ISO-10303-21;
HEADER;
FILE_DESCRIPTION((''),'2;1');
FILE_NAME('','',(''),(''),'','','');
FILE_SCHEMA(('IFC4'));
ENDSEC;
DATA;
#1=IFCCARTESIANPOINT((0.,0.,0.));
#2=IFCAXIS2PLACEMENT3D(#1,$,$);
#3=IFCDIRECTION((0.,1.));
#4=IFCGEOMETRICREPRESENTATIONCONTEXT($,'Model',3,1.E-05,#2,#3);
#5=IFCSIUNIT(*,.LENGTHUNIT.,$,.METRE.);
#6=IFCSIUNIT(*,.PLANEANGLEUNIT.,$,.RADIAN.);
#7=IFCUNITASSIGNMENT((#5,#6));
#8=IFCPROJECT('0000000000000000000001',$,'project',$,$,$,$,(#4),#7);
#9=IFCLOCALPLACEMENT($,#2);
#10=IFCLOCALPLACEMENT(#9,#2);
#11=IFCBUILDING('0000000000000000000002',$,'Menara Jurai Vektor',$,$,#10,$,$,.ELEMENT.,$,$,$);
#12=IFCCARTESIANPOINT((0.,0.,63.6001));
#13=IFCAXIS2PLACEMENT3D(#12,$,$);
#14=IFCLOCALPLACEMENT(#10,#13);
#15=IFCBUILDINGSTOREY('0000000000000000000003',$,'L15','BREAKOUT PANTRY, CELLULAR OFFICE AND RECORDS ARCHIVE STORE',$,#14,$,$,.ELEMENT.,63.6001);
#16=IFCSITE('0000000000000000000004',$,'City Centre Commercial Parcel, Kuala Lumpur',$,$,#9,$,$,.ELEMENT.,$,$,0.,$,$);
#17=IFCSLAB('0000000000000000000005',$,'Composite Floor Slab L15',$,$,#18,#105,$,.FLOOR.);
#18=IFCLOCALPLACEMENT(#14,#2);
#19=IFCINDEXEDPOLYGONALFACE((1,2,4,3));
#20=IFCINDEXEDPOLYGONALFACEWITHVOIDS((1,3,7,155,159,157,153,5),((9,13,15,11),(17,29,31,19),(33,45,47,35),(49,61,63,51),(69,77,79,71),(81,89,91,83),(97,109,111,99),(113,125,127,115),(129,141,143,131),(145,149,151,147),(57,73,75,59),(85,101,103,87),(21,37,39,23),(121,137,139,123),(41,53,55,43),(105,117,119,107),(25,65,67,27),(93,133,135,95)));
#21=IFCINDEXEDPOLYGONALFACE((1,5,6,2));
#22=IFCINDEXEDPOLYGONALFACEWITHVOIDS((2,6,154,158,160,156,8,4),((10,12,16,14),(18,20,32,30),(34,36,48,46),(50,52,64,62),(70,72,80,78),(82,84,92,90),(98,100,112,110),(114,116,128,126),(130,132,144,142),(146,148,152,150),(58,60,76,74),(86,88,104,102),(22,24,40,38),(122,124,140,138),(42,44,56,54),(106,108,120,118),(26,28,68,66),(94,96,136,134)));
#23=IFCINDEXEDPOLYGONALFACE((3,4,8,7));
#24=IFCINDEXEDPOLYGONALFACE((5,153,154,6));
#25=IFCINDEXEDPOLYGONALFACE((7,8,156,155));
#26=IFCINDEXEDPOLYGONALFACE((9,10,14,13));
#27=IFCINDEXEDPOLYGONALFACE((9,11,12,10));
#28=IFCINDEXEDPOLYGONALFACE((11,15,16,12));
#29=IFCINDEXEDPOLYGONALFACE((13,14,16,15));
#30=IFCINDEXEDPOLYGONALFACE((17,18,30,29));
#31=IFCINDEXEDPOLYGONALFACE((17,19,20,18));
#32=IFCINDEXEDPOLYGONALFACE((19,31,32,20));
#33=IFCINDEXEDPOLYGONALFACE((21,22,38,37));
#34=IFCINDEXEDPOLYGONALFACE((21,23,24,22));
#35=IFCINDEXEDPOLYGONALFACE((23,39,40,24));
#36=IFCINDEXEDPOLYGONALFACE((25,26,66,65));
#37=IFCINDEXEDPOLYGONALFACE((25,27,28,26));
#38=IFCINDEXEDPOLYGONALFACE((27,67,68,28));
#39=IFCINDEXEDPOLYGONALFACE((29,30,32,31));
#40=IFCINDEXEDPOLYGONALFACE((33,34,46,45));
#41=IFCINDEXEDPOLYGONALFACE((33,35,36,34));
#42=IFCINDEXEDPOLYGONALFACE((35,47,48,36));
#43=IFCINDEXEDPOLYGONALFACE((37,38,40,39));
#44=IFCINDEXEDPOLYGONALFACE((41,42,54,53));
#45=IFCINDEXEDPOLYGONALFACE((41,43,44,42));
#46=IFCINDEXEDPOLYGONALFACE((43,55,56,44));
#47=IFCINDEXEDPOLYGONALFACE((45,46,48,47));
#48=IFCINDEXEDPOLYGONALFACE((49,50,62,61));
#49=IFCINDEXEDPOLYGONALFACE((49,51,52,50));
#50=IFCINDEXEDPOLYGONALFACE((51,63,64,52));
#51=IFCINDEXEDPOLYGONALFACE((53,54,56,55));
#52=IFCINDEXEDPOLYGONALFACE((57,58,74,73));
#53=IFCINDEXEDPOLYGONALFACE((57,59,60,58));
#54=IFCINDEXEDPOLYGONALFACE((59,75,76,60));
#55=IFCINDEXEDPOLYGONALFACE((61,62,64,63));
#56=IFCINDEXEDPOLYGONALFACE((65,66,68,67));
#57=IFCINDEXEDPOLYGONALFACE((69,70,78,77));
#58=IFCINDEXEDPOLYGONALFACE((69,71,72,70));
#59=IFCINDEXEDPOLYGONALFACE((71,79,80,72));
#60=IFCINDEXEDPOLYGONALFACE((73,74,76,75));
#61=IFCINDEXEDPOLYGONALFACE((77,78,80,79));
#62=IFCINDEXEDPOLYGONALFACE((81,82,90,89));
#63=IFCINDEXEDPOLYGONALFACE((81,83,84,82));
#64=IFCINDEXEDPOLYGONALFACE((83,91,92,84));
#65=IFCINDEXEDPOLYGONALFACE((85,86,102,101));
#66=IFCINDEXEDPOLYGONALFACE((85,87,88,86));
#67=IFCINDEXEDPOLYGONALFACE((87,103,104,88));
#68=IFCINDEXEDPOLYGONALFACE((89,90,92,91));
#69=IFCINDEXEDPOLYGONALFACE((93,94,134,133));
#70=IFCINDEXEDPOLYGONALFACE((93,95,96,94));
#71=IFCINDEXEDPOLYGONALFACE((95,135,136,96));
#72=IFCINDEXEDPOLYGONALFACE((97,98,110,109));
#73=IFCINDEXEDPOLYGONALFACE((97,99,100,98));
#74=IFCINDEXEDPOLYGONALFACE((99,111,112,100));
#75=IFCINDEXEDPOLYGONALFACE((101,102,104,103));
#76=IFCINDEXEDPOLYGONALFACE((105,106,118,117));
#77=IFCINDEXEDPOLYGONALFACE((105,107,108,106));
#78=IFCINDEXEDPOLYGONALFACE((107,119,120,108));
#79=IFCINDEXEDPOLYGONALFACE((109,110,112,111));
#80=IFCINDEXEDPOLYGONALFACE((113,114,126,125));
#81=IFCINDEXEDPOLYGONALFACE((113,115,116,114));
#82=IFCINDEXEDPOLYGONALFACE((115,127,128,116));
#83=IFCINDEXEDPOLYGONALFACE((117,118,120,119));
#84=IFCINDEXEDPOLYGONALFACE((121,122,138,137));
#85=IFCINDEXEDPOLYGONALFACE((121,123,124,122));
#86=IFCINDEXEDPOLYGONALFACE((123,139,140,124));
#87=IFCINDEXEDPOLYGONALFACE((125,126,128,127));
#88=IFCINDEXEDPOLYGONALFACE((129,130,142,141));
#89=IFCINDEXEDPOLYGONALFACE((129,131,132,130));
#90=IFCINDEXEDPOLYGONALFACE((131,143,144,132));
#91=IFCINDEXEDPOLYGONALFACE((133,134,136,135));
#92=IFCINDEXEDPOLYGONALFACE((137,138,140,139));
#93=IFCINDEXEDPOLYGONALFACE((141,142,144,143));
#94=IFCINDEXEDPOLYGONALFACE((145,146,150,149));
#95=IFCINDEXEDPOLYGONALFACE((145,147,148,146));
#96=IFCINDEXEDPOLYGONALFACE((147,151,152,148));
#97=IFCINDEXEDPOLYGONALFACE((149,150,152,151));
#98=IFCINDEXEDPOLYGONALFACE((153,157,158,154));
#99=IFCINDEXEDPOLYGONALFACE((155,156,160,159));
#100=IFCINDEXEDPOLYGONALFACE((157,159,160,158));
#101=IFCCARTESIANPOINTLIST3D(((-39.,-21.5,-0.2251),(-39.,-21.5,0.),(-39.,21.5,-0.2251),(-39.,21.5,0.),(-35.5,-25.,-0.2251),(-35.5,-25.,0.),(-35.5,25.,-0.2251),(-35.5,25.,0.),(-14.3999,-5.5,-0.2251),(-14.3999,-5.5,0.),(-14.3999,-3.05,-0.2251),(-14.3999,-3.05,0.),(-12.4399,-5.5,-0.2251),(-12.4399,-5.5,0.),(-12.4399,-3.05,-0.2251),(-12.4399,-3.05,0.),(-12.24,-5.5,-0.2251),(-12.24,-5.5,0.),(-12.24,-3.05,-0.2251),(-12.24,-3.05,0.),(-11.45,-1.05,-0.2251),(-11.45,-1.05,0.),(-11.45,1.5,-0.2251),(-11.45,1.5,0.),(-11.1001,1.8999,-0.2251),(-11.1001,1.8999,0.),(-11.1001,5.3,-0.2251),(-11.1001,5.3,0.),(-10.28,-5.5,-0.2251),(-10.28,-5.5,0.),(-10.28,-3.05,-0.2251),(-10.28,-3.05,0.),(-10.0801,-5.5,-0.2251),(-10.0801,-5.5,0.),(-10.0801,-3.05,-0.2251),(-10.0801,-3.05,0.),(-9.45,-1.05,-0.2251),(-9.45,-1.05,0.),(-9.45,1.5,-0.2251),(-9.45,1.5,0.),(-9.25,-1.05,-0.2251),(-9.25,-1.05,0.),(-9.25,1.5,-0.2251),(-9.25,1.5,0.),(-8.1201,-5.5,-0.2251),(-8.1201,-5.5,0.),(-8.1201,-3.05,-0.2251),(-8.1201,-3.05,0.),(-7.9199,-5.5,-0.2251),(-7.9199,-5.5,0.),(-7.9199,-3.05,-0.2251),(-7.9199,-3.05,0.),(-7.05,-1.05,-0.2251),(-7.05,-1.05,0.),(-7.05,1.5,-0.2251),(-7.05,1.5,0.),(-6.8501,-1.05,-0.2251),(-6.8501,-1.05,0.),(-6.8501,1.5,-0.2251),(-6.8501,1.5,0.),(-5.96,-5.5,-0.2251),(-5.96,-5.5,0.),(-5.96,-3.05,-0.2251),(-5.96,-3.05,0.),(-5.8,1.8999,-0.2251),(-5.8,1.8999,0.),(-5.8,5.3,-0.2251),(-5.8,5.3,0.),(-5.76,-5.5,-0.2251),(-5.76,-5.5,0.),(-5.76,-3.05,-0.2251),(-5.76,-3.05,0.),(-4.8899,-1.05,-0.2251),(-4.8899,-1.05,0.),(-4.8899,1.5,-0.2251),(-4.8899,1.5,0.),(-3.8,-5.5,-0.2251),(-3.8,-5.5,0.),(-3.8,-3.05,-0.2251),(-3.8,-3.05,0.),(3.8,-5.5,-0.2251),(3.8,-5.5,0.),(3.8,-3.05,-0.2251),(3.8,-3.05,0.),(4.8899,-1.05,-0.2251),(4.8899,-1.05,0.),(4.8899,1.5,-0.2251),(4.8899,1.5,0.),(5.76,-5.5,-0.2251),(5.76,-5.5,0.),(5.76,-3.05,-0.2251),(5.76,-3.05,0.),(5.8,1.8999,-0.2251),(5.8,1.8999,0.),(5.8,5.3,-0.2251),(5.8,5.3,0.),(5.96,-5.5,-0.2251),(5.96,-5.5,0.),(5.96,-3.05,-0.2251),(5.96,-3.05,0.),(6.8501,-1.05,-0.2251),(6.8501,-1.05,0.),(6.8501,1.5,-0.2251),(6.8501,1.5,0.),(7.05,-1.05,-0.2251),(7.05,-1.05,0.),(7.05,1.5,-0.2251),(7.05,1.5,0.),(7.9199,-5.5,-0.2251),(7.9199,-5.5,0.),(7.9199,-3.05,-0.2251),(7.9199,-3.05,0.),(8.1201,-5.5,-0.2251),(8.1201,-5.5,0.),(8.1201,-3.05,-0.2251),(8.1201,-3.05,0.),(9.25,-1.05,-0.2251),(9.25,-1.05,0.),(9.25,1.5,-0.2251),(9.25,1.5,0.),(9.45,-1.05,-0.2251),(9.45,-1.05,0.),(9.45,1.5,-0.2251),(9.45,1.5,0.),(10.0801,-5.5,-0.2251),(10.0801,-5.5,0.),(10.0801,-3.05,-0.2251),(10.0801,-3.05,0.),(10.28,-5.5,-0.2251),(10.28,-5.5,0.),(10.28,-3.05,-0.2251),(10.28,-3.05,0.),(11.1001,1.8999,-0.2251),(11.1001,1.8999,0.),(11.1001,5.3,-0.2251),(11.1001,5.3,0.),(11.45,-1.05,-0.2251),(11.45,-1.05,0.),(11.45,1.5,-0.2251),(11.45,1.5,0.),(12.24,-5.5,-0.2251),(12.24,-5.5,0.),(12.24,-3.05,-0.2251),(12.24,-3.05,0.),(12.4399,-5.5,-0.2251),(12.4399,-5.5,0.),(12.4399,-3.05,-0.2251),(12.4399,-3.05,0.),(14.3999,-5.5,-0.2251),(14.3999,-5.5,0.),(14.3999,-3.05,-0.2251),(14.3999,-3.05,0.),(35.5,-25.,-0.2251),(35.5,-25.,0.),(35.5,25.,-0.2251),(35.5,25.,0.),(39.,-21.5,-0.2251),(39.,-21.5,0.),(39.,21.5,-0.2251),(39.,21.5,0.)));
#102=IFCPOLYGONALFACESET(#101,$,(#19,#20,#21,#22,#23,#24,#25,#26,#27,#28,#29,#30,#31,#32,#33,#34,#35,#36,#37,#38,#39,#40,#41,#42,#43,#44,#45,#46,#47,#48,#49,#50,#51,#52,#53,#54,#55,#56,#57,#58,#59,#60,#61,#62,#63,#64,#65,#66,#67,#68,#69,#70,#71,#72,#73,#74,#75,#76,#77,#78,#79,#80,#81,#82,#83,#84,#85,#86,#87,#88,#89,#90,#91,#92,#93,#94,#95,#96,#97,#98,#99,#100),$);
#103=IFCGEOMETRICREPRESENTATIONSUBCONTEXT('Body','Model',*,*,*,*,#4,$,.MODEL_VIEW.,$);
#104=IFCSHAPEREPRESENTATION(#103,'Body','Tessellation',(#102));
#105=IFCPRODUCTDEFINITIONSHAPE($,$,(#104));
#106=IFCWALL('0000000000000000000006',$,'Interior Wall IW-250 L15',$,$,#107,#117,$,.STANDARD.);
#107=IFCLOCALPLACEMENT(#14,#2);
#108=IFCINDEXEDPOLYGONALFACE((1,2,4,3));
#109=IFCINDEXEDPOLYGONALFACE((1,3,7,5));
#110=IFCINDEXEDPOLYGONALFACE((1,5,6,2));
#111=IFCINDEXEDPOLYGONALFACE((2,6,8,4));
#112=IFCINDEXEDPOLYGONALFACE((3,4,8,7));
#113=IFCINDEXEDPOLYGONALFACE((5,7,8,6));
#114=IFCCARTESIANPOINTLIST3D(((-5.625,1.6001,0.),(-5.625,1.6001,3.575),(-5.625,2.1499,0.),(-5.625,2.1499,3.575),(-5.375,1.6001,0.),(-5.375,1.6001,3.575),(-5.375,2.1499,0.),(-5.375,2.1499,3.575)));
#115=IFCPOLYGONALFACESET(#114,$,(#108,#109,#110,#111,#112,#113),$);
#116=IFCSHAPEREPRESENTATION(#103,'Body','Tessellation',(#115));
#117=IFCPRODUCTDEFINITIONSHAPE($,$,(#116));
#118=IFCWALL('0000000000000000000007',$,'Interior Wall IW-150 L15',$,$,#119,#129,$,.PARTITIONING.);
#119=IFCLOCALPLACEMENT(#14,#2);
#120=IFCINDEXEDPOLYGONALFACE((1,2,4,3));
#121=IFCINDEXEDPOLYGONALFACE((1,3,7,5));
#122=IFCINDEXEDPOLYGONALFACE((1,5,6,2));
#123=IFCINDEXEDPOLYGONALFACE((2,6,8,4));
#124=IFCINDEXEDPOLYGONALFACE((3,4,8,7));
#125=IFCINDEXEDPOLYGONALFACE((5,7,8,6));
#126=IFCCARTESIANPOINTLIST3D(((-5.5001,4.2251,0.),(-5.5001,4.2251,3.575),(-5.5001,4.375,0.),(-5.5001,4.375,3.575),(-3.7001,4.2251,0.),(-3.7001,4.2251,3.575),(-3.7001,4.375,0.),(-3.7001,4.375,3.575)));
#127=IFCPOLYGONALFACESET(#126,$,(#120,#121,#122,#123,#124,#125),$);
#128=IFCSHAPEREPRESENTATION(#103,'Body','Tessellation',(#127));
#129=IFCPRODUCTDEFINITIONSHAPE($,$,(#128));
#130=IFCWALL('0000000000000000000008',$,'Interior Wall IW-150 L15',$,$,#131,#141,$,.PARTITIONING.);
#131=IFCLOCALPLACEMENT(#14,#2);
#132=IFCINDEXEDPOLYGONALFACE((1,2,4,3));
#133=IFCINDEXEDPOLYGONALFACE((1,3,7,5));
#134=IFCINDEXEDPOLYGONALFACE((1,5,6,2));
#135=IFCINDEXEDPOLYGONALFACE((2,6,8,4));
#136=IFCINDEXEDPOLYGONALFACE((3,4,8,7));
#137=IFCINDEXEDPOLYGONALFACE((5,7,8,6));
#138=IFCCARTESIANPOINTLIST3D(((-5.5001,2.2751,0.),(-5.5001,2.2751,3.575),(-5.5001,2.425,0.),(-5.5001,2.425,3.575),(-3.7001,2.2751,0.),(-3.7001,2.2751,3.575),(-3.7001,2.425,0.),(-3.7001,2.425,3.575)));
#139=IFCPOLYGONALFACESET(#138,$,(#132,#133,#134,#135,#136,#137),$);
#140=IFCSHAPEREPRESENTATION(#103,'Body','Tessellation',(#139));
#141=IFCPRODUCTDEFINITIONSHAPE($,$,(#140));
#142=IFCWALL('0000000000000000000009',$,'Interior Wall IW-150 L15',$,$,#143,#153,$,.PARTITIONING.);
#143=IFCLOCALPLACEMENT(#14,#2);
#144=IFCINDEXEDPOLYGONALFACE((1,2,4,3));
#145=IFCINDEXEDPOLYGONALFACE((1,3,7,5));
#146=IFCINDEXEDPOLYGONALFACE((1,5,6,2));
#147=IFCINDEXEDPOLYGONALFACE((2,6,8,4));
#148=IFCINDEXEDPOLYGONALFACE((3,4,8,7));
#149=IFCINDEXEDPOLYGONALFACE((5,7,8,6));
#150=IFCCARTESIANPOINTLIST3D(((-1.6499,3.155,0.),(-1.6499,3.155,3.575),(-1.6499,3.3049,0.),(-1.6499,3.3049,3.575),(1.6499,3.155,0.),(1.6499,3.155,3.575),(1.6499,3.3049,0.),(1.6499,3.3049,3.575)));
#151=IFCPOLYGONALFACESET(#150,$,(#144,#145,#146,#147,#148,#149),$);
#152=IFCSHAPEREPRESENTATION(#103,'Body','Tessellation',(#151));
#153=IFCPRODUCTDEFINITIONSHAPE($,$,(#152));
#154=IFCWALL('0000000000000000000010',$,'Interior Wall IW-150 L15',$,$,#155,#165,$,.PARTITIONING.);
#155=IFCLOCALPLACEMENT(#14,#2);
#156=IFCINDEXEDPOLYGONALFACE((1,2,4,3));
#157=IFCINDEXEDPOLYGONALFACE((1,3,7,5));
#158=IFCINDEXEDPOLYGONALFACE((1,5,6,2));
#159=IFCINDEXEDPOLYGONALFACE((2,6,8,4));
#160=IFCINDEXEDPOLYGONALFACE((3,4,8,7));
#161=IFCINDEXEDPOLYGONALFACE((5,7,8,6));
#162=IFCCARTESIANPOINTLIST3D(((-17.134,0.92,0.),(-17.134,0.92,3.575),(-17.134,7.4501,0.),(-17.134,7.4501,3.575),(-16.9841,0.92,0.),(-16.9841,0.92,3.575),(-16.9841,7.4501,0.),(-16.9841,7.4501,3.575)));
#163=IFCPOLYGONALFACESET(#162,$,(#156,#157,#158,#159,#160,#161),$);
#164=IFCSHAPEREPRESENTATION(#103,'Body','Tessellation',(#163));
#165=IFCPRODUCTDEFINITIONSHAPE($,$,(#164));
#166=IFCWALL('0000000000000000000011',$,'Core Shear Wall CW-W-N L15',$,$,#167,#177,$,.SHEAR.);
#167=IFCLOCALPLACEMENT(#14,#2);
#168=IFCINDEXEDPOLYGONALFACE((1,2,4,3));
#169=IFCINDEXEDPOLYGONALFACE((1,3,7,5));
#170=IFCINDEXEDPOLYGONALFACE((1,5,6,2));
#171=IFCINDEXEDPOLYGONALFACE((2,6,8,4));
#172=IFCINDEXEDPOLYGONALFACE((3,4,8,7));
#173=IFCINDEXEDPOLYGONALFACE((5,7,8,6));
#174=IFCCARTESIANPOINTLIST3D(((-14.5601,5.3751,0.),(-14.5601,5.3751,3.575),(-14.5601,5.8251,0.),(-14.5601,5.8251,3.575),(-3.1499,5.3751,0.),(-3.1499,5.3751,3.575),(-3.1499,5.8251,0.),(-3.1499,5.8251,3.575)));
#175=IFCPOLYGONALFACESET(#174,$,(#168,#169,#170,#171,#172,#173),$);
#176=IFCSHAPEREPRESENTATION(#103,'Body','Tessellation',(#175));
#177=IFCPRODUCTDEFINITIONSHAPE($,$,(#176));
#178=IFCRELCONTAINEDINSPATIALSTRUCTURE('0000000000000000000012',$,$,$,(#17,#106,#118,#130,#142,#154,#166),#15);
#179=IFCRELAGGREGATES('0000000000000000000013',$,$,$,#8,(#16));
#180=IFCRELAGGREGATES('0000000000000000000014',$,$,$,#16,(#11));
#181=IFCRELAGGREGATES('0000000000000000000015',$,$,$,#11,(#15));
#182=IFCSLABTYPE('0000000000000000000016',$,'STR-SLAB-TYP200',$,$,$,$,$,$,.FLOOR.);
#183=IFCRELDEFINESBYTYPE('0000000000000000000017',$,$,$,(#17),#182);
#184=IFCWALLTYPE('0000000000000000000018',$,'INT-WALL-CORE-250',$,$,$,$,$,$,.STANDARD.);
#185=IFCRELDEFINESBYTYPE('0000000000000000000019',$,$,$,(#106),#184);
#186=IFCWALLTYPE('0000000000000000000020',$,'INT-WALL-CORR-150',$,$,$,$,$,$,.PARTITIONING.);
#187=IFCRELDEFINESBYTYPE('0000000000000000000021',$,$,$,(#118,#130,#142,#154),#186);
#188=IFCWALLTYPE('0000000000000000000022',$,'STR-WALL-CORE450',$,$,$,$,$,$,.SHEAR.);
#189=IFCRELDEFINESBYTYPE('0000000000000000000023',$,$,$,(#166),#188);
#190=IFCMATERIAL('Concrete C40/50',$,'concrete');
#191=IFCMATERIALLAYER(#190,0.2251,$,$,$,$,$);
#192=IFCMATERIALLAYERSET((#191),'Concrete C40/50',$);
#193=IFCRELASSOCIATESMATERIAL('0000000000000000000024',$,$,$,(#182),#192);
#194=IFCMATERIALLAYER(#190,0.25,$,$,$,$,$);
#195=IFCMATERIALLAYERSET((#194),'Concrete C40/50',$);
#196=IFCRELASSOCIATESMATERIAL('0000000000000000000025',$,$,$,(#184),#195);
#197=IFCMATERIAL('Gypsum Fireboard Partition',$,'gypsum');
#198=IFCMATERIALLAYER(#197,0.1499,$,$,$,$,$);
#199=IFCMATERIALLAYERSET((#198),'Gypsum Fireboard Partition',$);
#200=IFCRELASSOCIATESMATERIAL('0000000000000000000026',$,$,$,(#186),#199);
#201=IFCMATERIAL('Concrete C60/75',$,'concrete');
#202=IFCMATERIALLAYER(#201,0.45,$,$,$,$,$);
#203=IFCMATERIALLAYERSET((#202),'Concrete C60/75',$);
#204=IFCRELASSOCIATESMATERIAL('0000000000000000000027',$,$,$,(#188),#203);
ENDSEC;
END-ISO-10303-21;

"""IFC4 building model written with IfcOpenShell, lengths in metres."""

from ifc_helpers import new_model, si_unit, direction, frame, frame_2d, origin, place, context, subcontext, project, spatial, polyline, rectangle, outline, extrude, material, layer, layer_set, type_object, element, save


model = new_model("IFC4")

# Units and contexts
model_context = context("Model", 3, precision=1e-05, world=origin(), true_north=direction((0.0, 1.0)))
body_context = subcontext(model_context, "Body", "Model", "MODEL_VIEW")
ifc_project = project(units=[si_unit("LENGTHUNIT", "METRE"), si_unit("PLANEANGLEUNIT", "RADIAN")], contexts=[model_context])

# Site, building, storey
site_placement = place(None, origin())
site = spatial("IfcSite", under=ifc_project, at=site_placement, Name="City Centre Commercial Parcel, Kuala Lumpur", CompositionType="ELEMENT", RefElevation=0.0)
building_placement = place(site_placement, origin())
building = spatial("IfcBuilding", under=site, at=building_placement, Name="Menara Jurai Vektor", CompositionType="ELEMENT")
storey_placement = place(building_placement, frame((0.0, 0.0, 63.6001)))
storey = spatial("IfcBuildingStorey", under=building, at=storey_placement, Name="L15", Description="BREAKOUT PANTRY, CELLULAR OFFICE AND RECORDS ARCHIVE STORE", CompositionType="ELEMENT", Elevation=63.6001)

# Shared definitions
ifc_material_1 = material(Name="Concrete C60/75", Category="concrete")

# Slab
ifc_material_2 = material(Name="Concrete C40/50", Category="concrete")
ifc_layer_1 = layer(ifc_material_2, 0.2251)
ifc_layer_set_1 = layer_set([ifc_layer_1], Name="Concrete C40/50")
slab_type = type_object("IfcSlabType", Name="STR-SLAB-TYP200", PredefinedType="FLOOR", material=ifc_layer_set_1)
slab_placement = place(storey_placement, frame((0.0, 0.0, -0.2251)))
element("IfcSlab", 1, at=slab_placement, inside=storey, type_object=slab_type, Name="Composite Floor Slab L15", PredefinedType="FLOOR", context=body_context, shape_type="SweptSolid", body=[
    extrude(outline(polyline([(-35.5, -25.0), (35.5, -25.0), (39.0, -21.5), (39.0, 21.5), (35.5, 25.0), (-35.5, 25.0), (-39.0, 21.5), (-39.0, -21.5), (-35.5, -25.0)]), holes=[polyline([(-11.1001, 1.8999), (-11.1001, 5.3), (-5.8, 5.3), (-5.8, 1.8999), (-11.1001, 1.8999)]), polyline([(5.8, 1.8999), (5.8, 5.3), (11.1001, 5.3), (11.1001, 1.8999), (5.8, 1.8999)]), polyline([(-11.45, -1.05), (-11.45, 1.5), (-9.45, 1.5), (-9.45, -1.05), (-11.45, -1.05)]), polyline([(9.45, -1.05), (9.45, 1.5), (11.45, 1.5), (11.45, -1.05), (9.45, -1.05)]), polyline([(-5.76, -5.5), (-5.76, -3.05), (-3.8, -3.05), (-3.8, -5.5), (-5.76, -5.5)]), polyline([(-6.8501, -1.05), (-6.8501, 1.5), (-4.8899, 1.5), (-4.8899, -1.05), (-6.8501, -1.05)]), polyline([(3.8, -5.5), (3.8, -3.05), (5.76, -3.05), (5.76, -5.5), (3.8, -5.5)]), polyline([(4.8899, -1.05), (4.8899, 1.5), (6.8501, 1.5), (6.8501, -1.05), (4.8899, -1.05)]), polyline([(-14.3999, -5.5), (-14.3999, -3.05), (-12.4399, -3.05), (-12.4399, -5.5), (-14.3999, -5.5)]), polyline([(-12.24, -5.5), (-12.24, -3.05), (-10.28, -3.05), (-10.28, -5.5), (-12.24, -5.5)]), polyline([(10.28, -5.5), (10.28, -3.05), (12.24, -3.05), (12.24, -5.5), (10.28, -5.5)]), polyline([(12.4399, -5.5), (12.4399, -3.05), (14.3999, -3.05), (14.3999, -5.5), (12.4399, -5.5)]), polyline([(-10.0801, -5.5), (-10.0801, -3.05), (-8.1201, -3.05), (-8.1201, -5.5), (-10.0801, -5.5)]), polyline([(-7.9199, -5.5), (-7.9199, -3.05), (-5.96, -3.05), (-5.96, -5.5), (-7.9199, -5.5)]), polyline([(5.96, -5.5), (5.96, -3.05), (7.9199, -3.05), (7.9199, -5.5), (5.96, -5.5)]), polyline([(8.1201, -5.5), (8.1201, -3.05), (10.0801, -3.05), (10.0801, -5.5), (8.1201, -5.5)]), polyline([(-9.25, -1.05), (-9.25, 1.5), (-7.05, 1.5), (-7.05, -1.05), (-9.25, -1.05)]), polyline([(7.05, -1.05), (7.05, 1.5), (9.25, 1.5), (9.25, -1.05), (7.05, -1.05)])]), origin(), (0.0, 0.0, 1.0), 0.2251),
])

# Shared definitions
ifc_layer_2 = layer(ifc_material_2, 0.25)
ifc_layer_set_2 = layer_set([ifc_layer_2], Name="Concrete C40/50")
wall_type_1 = type_object("IfcWallType", Name="INT-WALL-CORE-250", PredefinedType="STANDARD", material=ifc_layer_set_2)

# Walls
wall_1_placement = place(storey_placement, frame((-5.5, 1.6001, 0.0), z_axis=(0.0, 0.0, 1.0), x_axis=(0.0, 1.0, 0.0)))
element("IfcWall", 2, at=wall_1_placement, inside=storey, type_object=wall_type_1, Name="Interior Wall IW-250 L15", PredefinedType="STANDARD", context=body_context, shape_type="SweptSolid", body=[
    extrude(rectangle(XDim=0.5498, YDim=0.25, at=frame_2d((0.2749, 0.0))), origin(), (0.0, 0.0, 1.0), 3.575),
])
ifc_material_3 = material(Name="Gypsum Fireboard Partition", Category="gypsum")
ifc_layer_3 = layer(ifc_material_3, 0.1499)
ifc_layer_set_3 = layer_set([ifc_layer_3], Name="Gypsum Fireboard Partition")
wall_type_2 = type_object("IfcWallType", Name="INT-WALL-CORR-150", PredefinedType="PARTITIONING", material=ifc_layer_set_3)
for number, where, z_axis, x_axis, name in (
    (3, (-5.5, 4.3, 0.0), (0.0, 0.0, 1.0), (1.0, 0.0, 0.0), "Interior Wall IW-150 L15"),
    (4, (-5.5, 2.3501, 0.0), (0.0, 0.0, 1.0), (1.0, 0.0, 0.0), "Interior Wall IW-150 L15"),
):
    element("IfcWall", number, at=place(storey_placement, frame(where, z_axis=z_axis, x_axis=x_axis)), inside=storey, type_object=wall_type_2, Name=name, PredefinedType="PARTITIONING", context=body_context, shape_type="SweptSolid", body=[
        extrude(rectangle(XDim=1.8, YDim=0.1499, at=frame_2d((0.8999, 0.0))), origin(), (0.0, 0.0, 1.0), 3.575),
    ])
wall_2_placement = place(storey_placement, frame((-1.6499, 3.23, 0.0), z_axis=(0.0, 0.0, 1.0), x_axis=(1.0, 0.0, 0.0)))
element("IfcWall", 5, at=wall_2_placement, inside=storey, type_object=wall_type_2, Name="Interior Wall IW-150 L15", PredefinedType="PARTITIONING", context=body_context, shape_type="SweptSolid", body=[
    extrude(rectangle(XDim=3.2998, YDim=0.1499, at=frame_2d((1.6499, 0.0))), origin(), (0.0, 0.0, 1.0), 3.575),
])

# Walls
wall_3_placement = place(storey_placement, frame((-17.0591, 0.9199, 0.0), z_axis=(0.0, 0.0, 1.0), x_axis=(0.0, 1.0, 0.0)))
element("IfcWall", 6, at=wall_3_placement, inside=storey, type_object=wall_type_2, Name="Interior Wall IW-150 L15", PredefinedType="PARTITIONING", context=body_context, shape_type="SweptSolid", body=[
    extrude(rectangle(XDim=6.53, YDim=0.1499, at=frame_2d((3.2651, 0.0))), origin(), (0.0, 0.0, 1.0), 3.575),
])
ifc_layer_4 = layer(ifc_material_1, 0.45)
ifc_layer_set_4 = layer_set([ifc_layer_4], Name="Concrete C60/75")
wall_type_3 = type_object("IfcWallType", Name="STR-WALL-CORE450", PredefinedType="SHEAR", material=ifc_layer_set_4)
wall_4_placement = place(storey_placement, frame((-14.5601, 5.6001, 0.0), z_axis=(0.0, 0.0, 1.0), x_axis=(1.0, 0.0, 0.0)))
element("IfcWall", 7, at=wall_4_placement, inside=storey, type_object=wall_type_3, Name="Core Shear Wall CW-W-N L15", PredefinedType="SHEAR", context=body_context, shape_type="SweptSolid", body=[
    extrude(rectangle(XDim=11.4102, YDim=0.45, at=frame_2d((5.7051, 0.0))), origin(), (0.0, 0.0, 1.0), 3.575),
])

save(model, "model.ifc")
